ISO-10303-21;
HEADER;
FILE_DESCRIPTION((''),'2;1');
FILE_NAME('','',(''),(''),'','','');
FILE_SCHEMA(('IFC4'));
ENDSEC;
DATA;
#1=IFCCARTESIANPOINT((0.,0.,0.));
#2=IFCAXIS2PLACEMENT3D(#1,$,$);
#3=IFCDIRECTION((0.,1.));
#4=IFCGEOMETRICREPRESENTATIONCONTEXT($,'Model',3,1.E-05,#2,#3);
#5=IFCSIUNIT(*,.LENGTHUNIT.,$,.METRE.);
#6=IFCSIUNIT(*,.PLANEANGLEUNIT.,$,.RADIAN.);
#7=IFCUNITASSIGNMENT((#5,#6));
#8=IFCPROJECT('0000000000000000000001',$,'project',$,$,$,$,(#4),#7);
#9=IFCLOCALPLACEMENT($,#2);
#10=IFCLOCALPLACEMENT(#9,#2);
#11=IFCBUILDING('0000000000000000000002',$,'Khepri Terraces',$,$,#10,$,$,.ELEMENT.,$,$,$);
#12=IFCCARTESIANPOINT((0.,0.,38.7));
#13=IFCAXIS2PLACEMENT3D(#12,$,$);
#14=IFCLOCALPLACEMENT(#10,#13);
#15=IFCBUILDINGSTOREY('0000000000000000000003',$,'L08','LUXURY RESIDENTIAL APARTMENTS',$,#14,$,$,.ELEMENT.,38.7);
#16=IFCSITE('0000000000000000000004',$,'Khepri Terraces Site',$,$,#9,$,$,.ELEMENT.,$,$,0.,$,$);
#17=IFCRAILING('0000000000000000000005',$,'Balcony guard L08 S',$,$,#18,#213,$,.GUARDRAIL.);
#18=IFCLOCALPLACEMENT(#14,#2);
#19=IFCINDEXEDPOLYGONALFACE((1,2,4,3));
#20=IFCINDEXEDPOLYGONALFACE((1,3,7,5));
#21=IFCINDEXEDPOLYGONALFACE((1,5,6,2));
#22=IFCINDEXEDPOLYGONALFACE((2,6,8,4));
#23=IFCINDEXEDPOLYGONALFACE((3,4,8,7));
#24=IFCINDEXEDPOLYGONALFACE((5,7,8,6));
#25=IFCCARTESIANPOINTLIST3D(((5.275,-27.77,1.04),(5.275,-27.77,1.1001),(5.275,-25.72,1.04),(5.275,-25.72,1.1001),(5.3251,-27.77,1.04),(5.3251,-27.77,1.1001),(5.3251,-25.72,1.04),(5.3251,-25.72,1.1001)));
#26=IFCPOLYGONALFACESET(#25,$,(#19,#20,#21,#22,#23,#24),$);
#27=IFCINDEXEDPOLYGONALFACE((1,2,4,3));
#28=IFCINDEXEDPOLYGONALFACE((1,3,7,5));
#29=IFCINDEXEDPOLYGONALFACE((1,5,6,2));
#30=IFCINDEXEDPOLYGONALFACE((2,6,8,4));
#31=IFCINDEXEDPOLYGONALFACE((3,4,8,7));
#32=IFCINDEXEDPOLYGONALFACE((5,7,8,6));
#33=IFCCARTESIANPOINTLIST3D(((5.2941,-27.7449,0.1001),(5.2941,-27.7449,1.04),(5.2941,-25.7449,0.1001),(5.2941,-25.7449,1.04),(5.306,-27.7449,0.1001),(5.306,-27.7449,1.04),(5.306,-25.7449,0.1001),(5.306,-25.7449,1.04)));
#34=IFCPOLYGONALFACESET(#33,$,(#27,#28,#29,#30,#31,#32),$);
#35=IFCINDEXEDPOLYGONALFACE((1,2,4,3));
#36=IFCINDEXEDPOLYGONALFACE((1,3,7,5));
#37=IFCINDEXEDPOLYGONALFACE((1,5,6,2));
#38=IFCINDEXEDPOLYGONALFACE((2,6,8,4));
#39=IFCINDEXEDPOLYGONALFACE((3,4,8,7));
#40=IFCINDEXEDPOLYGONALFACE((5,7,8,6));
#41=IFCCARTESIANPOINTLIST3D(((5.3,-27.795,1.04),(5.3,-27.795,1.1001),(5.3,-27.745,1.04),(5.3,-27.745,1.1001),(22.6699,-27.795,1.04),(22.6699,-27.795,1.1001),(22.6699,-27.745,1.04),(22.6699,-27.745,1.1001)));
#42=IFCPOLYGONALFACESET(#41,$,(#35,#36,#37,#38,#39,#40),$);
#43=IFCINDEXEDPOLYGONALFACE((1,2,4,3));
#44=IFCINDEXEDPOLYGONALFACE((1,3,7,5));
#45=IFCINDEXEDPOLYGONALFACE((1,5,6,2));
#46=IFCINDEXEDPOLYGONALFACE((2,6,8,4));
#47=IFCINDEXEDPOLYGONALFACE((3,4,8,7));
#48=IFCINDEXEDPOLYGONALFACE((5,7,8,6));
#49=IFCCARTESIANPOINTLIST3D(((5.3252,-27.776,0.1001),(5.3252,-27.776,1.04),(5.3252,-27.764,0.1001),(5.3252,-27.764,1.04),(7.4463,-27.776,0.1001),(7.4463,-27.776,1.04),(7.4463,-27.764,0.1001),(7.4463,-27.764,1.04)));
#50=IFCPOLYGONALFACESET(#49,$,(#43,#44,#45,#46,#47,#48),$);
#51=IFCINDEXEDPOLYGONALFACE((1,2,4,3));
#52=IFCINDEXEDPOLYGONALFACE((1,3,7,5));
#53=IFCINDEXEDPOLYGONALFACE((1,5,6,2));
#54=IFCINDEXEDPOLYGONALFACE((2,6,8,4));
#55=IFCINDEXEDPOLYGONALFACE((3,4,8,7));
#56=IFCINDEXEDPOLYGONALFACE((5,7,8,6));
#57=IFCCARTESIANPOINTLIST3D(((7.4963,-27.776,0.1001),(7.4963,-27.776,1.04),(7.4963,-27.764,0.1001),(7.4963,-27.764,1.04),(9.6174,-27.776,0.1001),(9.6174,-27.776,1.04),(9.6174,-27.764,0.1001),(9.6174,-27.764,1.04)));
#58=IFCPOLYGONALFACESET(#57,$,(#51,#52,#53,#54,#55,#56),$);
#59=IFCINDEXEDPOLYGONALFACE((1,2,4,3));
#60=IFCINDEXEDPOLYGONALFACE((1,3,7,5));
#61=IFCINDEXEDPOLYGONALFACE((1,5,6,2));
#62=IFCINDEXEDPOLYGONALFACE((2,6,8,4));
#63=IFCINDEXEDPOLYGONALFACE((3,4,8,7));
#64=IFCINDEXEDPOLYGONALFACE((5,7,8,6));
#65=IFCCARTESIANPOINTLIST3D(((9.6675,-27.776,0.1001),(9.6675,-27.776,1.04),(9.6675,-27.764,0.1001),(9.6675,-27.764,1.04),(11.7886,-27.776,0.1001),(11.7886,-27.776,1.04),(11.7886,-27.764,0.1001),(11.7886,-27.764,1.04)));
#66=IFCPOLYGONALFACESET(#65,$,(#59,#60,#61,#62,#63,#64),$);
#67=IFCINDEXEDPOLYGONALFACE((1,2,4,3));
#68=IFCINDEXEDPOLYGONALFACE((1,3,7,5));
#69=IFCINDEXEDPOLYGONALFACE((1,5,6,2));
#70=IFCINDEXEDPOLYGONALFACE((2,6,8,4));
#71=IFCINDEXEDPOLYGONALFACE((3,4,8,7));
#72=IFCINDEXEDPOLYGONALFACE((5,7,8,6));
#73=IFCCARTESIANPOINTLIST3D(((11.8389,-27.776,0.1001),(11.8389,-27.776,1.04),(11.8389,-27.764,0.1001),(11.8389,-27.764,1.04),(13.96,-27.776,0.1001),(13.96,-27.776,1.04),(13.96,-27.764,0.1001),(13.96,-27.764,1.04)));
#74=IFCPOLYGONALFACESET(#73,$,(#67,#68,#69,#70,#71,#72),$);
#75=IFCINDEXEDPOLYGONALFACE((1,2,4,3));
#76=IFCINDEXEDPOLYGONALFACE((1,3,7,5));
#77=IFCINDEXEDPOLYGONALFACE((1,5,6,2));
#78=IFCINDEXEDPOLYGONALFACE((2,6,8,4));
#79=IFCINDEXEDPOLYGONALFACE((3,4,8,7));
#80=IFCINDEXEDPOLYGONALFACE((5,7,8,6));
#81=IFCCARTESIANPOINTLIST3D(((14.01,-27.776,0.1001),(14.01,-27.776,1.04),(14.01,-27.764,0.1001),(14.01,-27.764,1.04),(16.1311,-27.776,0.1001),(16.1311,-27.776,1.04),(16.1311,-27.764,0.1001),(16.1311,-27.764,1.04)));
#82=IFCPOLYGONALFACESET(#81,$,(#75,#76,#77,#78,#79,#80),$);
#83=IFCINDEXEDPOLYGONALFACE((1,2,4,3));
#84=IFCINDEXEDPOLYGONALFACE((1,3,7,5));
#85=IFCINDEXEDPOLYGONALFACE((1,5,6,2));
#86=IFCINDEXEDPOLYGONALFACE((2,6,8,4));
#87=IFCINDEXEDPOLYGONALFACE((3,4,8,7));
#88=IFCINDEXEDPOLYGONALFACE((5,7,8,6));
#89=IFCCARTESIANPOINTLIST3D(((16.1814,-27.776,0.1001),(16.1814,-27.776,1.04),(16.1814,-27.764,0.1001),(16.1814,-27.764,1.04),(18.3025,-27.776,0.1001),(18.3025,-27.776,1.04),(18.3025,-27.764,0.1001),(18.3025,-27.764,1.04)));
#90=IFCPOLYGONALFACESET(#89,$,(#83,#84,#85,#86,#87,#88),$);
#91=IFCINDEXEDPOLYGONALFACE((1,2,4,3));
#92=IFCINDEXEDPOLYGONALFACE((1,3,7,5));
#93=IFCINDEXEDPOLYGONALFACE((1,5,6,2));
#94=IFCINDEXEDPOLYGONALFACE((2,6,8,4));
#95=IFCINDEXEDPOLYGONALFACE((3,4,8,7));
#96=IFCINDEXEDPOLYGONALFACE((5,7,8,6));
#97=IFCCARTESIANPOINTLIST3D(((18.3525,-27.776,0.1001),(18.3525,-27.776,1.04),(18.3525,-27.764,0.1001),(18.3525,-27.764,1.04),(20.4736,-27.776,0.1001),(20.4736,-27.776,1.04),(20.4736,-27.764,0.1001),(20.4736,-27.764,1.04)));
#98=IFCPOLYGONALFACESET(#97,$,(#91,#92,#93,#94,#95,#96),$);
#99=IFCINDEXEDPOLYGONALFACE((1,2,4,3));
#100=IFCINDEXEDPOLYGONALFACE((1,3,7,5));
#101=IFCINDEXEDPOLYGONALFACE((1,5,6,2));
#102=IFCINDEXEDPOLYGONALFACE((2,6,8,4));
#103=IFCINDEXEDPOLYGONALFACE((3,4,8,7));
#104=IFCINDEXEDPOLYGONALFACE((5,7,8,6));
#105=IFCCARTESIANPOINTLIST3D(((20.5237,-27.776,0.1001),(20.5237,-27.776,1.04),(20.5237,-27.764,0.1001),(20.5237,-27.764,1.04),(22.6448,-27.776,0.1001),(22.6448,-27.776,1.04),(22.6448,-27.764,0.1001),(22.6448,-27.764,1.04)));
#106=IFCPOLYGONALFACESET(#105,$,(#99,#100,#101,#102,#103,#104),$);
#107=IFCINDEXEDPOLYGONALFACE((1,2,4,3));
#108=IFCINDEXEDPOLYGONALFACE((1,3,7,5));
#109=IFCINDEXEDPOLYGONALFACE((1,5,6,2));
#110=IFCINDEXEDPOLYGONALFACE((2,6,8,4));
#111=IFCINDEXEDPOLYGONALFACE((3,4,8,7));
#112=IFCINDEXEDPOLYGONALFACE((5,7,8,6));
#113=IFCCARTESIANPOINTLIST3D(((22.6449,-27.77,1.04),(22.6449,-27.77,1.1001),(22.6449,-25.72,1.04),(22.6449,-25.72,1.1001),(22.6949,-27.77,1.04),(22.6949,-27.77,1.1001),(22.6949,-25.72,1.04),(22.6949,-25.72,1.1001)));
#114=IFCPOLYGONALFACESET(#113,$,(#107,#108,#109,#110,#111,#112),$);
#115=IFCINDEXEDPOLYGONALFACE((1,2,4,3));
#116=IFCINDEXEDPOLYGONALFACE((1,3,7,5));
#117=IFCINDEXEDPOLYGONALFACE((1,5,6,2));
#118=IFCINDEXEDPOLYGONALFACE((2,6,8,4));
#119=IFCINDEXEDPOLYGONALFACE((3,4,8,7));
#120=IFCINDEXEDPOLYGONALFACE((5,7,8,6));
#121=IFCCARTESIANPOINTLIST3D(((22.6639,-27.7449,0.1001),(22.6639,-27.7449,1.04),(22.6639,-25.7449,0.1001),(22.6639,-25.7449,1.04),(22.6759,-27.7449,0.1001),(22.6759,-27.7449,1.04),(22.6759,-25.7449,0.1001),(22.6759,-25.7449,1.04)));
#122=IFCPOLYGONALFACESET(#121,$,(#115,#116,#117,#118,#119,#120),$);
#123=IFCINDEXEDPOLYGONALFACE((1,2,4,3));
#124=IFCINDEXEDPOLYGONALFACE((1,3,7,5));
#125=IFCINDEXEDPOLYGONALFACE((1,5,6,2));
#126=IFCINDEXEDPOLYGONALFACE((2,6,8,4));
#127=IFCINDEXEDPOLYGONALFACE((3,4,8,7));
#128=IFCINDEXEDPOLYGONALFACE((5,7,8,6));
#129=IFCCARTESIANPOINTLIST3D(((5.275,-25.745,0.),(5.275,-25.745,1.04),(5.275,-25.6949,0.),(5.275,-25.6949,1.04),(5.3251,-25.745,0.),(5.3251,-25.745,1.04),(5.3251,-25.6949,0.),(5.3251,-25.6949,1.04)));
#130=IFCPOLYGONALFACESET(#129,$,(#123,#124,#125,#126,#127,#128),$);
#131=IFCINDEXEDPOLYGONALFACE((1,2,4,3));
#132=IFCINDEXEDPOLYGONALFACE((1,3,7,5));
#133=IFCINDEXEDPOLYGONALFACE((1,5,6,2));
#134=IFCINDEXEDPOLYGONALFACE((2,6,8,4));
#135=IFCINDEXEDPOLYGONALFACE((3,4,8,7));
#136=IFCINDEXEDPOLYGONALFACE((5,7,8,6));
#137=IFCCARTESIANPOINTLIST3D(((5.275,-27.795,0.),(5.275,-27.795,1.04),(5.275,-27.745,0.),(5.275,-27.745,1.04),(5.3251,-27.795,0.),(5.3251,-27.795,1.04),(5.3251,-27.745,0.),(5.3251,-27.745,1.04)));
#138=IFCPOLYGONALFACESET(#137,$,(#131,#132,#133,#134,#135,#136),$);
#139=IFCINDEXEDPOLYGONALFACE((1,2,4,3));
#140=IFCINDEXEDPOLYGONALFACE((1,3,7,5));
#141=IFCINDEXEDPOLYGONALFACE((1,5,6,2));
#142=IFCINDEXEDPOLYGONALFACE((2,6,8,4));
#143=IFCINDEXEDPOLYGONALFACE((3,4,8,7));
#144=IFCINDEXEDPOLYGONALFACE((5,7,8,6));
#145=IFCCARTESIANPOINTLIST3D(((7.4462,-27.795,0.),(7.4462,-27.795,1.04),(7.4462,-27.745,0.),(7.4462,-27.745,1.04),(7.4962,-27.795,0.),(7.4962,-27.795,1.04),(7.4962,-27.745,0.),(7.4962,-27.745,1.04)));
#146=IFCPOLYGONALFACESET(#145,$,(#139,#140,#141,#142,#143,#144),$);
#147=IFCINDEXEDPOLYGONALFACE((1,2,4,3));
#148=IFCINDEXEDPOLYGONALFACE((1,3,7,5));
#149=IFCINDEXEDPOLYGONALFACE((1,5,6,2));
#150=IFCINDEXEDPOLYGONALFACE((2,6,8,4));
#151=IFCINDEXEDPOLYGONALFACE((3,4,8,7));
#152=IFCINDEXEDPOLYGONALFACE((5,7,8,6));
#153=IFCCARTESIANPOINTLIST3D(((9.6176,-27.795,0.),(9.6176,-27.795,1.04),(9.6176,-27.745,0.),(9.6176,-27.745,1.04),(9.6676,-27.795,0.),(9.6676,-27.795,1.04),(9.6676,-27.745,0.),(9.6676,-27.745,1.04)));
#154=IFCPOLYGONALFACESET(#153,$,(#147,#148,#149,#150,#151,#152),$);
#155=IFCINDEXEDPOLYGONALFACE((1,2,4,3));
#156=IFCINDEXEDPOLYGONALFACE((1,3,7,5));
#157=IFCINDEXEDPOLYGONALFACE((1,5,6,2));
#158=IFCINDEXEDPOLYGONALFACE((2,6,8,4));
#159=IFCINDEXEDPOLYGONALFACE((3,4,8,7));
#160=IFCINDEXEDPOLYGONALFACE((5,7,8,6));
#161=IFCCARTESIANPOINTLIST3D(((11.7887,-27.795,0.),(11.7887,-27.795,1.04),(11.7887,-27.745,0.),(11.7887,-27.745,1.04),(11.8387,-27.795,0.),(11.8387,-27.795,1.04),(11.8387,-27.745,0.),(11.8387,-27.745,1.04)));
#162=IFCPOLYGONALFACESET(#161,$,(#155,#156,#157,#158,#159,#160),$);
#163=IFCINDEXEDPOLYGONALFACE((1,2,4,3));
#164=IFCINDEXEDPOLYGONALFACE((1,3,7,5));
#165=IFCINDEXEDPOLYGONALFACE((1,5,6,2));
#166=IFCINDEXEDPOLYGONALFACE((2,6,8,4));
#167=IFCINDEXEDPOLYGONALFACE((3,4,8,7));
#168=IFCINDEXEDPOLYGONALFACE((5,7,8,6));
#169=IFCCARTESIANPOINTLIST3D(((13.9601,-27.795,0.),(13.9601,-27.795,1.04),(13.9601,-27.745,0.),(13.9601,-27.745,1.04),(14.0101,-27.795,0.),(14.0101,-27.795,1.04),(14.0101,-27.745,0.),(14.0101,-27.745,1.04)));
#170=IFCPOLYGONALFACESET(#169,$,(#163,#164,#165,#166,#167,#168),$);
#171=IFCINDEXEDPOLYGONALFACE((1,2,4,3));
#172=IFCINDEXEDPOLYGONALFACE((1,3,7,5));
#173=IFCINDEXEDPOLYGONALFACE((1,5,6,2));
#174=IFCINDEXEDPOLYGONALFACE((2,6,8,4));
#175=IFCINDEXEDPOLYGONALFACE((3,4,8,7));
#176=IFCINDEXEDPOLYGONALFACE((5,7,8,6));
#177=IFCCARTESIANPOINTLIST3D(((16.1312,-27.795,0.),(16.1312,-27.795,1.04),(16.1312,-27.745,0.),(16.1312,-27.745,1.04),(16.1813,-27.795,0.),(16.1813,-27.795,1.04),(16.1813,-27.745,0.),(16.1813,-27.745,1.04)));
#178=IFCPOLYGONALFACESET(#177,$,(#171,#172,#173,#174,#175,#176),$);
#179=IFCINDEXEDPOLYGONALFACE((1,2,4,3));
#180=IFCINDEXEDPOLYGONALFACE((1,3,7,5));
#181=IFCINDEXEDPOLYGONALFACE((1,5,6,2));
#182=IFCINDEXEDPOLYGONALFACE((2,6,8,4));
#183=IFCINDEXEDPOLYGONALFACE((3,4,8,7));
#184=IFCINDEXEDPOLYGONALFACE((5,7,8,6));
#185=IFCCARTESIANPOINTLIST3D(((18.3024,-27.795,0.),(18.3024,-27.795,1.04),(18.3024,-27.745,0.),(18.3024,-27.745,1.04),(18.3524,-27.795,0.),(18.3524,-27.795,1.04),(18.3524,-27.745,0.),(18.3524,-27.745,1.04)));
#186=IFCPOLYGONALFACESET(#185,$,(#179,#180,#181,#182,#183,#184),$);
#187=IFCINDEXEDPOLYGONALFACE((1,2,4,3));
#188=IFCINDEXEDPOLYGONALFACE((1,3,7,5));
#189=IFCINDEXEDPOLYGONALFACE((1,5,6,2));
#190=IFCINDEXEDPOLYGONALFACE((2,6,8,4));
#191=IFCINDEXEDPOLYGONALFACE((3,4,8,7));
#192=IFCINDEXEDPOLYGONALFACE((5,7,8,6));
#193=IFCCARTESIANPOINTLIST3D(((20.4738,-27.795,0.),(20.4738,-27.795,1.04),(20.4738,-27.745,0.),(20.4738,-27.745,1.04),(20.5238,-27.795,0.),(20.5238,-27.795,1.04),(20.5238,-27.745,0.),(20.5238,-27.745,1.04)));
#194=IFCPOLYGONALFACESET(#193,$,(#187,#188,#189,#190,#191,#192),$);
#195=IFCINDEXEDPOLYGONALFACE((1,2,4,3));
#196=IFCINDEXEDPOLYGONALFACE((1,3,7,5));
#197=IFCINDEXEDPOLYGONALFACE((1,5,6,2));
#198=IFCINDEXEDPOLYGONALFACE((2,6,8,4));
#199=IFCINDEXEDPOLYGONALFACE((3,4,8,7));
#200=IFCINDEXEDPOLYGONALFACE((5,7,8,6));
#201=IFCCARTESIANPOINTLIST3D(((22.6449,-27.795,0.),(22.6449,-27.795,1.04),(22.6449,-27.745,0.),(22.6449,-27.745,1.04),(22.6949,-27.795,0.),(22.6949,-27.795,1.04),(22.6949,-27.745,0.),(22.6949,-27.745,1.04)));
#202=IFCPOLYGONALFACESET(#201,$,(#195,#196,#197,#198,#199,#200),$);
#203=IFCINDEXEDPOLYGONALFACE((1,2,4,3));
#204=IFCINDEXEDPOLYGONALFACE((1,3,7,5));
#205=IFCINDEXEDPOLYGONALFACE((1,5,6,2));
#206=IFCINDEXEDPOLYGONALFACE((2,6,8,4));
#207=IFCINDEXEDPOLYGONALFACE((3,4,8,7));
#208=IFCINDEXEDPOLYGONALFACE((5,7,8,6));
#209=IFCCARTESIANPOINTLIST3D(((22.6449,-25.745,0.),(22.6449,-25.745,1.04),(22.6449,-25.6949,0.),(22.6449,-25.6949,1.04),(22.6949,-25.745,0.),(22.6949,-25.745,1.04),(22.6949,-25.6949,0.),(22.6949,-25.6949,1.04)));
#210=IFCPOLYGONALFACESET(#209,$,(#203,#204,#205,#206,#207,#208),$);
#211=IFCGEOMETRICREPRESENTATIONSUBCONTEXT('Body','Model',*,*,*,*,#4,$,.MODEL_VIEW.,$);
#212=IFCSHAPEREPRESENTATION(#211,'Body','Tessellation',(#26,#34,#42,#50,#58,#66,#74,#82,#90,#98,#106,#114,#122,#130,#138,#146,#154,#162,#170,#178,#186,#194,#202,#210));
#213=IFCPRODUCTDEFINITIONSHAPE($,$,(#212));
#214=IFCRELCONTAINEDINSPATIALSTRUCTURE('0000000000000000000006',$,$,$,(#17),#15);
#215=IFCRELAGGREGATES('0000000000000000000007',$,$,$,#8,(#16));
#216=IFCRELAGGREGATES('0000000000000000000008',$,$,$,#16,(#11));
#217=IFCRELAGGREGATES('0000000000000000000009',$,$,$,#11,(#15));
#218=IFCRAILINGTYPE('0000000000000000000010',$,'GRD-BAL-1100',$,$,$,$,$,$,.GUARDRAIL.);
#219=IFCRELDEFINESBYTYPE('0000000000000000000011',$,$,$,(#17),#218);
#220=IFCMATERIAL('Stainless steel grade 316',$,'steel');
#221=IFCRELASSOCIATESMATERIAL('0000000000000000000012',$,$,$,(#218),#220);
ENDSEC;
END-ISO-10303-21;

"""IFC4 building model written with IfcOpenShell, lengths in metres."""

from ifc_helpers import new_model, si_unit, direction, frame, origin, origin_2d, place, context, subcontext, project, spatial, rectangle, extrude, material, type_object, element, save


model = new_model("IFC4")

# Units and contexts
model_context = context("Model", 3, precision=1e-05, world=origin(), true_north=direction((0.0, 1.0)))
body_context = subcontext(model_context, "Body", "Model", "MODEL_VIEW")
ifc_project = project(units=[si_unit("LENGTHUNIT", "METRE"), si_unit("PLANEANGLEUNIT", "RADIAN")], contexts=[model_context])

# Site, building, storey
site_placement = place(None, origin())
site = spatial("IfcSite", under=ifc_project, at=site_placement, Name="Khepri Terraces Site", CompositionType="ELEMENT", RefElevation=0.0)
building_placement = place(site_placement, origin())
building = spatial("IfcBuilding", under=site, at=building_placement, Name="Khepri Terraces", CompositionType="ELEMENT")
storey_placement = place(building_placement, frame((0.0, 0.0, 38.7)))
storey = spatial("IfcBuildingStorey", under=building, at=storey_placement, Name="L08", Description="LUXURY RESIDENTIAL APARTMENTS", CompositionType="ELEMENT", Elevation=38.7)

# Railing
ifc_material_1 = material(Name="Stainless steel grade 316", Category="steel")
railing_type = type_object("IfcRailingType", Name="GRD-BAL-1100", PredefinedType="GUARDRAIL", material=ifc_material_1)
railing_placement = place(storey_placement, frame((5.3, -25.72, 0.0)))
element("IfcRailing", 1, at=railing_placement, inside=storey, type_object=railing_type, Name="Balcony guard L08 S", PredefinedType="GUARDRAIL", context=body_context, shape_type="SweptSolid", body=[
    extrude(rectangle(XDim=0.05, YDim=0.0601, at=origin_2d()), frame((0.0, 0.0, 1.0701), z_axis=(0.0, -1.0, 0.0), x_axis=(1.0, 0.0, 0.0)), (0.0, 0.0, 1.0), 2.05),
    extrude(rectangle(XDim=2.0, YDim=0.012, at=origin_2d()), frame((0.0, -1.0249, 0.1001), z_axis=(0.0, 0.0, 1.0), x_axis=(0.0, -1.0, 0.0)), (0.0, 0.0, 1.0), 0.9399),
    extrude(rectangle(XDim=0.05, YDim=0.0601, at=origin_2d()), frame((0.0, -2.05, 1.0701), z_axis=(1.0, 0.0, 0.0), x_axis=(0.0, 1.0, 0.0)), (0.0, 0.0, 1.0), 17.3699),
    extrude(rectangle(XDim=2.1211, YDim=0.012, at=origin_2d()), frame((1.0857, -2.05, 0.1001), z_axis=(0.0, 0.0, 1.0), x_axis=(1.0, 0.0, 0.0)), (0.0, 0.0, 1.0), 0.9399),
    extrude(rectangle(XDim=2.1211, YDim=0.012, at=origin_2d()), frame((3.2568, -2.05, 0.1001), z_axis=(0.0, 0.0, 1.0), x_axis=(1.0, 0.0, 0.0)), (0.0, 0.0, 1.0), 0.9399),
    extrude(rectangle(XDim=2.1211, YDim=0.012, at=origin_2d()), frame((5.428, -2.05, 0.1001), z_axis=(0.0, 0.0, 1.0), x_axis=(1.0, 0.0, 0.0)), (0.0, 0.0, 1.0), 0.9399),
    extrude(rectangle(XDim=2.1211, YDim=0.012, at=origin_2d()), frame((7.5994, -2.05, 0.1001), z_axis=(0.0, 0.0, 1.0), x_axis=(1.0, 0.0, 0.0)), (0.0, 0.0, 1.0), 0.9399),
    extrude(rectangle(XDim=2.1211, YDim=0.012, at=origin_2d()), frame((9.7705, -2.05, 0.1001), z_axis=(0.0, 0.0, 1.0), x_axis=(1.0, 0.0, 0.0)), (0.0, 0.0, 1.0), 0.9399),
    extrude(rectangle(XDim=2.1211, YDim=0.012, at=origin_2d()), frame((11.9419, -2.05, 0.1001), z_axis=(0.0, 0.0, 1.0), x_axis=(1.0, 0.0, 0.0)), (0.0, 0.0, 1.0), 0.9399),
    extrude(rectangle(XDim=2.1211, YDim=0.012, at=origin_2d()), frame((14.113, -2.05, 0.1001), z_axis=(0.0, 0.0, 1.0), x_axis=(1.0, 0.0, 0.0)), (0.0, 0.0, 1.0), 0.9399),
    extrude(rectangle(XDim=2.1211, YDim=0.012, at=origin_2d()), frame((16.2842, -2.05, 0.1001), z_axis=(0.0, 0.0, 1.0), x_axis=(1.0, 0.0, 0.0)), (0.0, 0.0, 1.0), 0.9399),
    extrude(rectangle(XDim=0.05, YDim=0.0601, at=origin_2d()), frame((17.3699, -2.05, 1.0701), z_axis=(0.0, 1.0, 0.0), x_axis=(-1.0, 0.0, 0.0)), (0.0, 0.0, 1.0), 2.05),
    extrude(rectangle(XDim=2.0, YDim=0.012, at=origin_2d()), frame((17.3699, -1.0249, 0.1001), z_axis=(0.0, 0.0, 1.0), x_axis=(0.0, 1.0, 0.0)), (0.0, 0.0, 1.0), 0.9399),
    extrude(rectangle(XDim=0.05, YDim=0.05, at=origin_2d()), origin(), (0.0, 0.0, 1.0), 1.04),
    extrude(rectangle(XDim=0.05, YDim=0.05, at=origin_2d()), frame((0.0, -2.05, 0.0)), (0.0, 0.0, 1.0), 1.04),
    extrude(rectangle(XDim=0.05, YDim=0.05, at=origin_2d()), frame((2.1711, -2.05, 0.0)), (0.0, 0.0, 1.0), 1.04),
    extrude(rectangle(XDim=0.05, YDim=0.05, at=origin_2d()), frame((4.3425, -2.05, 0.0)), (0.0, 0.0, 1.0), 1.04),
    extrude(rectangle(XDim=0.05, YDim=0.05, at=origin_2d()), frame((6.5137, -2.05, 0.0)), (0.0, 0.0, 1.0), 1.04),
    extrude(rectangle(XDim=0.05, YDim=0.05, at=origin_2d()), frame((8.6851, -2.05, 0.0)), (0.0, 0.0, 1.0), 1.04),
    extrude(rectangle(XDim=0.05, YDim=0.05, at=origin_2d()), frame((10.8562, -2.05, 0.0)), (0.0, 0.0, 1.0), 1.04),
    extrude(rectangle(XDim=0.05, YDim=0.05, at=origin_2d()), frame((13.0273, -2.05, 0.0)), (0.0, 0.0, 1.0), 1.04),
    extrude(rectangle(XDim=0.05, YDim=0.05, at=origin_2d()), frame((15.1987, -2.05, 0.0)), (0.0, 0.0, 1.0), 1.04),
    extrude(rectangle(XDim=0.05, YDim=0.05, at=origin_2d()), frame((17.3699, -2.05, 0.0)), (0.0, 0.0, 1.0), 1.04),
    extrude(rectangle(XDim=0.05, YDim=0.05, at=origin_2d()), frame((17.3699, 0.0, 0.0)), (0.0, 0.0, 1.0), 1.04),
])

save(model, "model.ifc")
